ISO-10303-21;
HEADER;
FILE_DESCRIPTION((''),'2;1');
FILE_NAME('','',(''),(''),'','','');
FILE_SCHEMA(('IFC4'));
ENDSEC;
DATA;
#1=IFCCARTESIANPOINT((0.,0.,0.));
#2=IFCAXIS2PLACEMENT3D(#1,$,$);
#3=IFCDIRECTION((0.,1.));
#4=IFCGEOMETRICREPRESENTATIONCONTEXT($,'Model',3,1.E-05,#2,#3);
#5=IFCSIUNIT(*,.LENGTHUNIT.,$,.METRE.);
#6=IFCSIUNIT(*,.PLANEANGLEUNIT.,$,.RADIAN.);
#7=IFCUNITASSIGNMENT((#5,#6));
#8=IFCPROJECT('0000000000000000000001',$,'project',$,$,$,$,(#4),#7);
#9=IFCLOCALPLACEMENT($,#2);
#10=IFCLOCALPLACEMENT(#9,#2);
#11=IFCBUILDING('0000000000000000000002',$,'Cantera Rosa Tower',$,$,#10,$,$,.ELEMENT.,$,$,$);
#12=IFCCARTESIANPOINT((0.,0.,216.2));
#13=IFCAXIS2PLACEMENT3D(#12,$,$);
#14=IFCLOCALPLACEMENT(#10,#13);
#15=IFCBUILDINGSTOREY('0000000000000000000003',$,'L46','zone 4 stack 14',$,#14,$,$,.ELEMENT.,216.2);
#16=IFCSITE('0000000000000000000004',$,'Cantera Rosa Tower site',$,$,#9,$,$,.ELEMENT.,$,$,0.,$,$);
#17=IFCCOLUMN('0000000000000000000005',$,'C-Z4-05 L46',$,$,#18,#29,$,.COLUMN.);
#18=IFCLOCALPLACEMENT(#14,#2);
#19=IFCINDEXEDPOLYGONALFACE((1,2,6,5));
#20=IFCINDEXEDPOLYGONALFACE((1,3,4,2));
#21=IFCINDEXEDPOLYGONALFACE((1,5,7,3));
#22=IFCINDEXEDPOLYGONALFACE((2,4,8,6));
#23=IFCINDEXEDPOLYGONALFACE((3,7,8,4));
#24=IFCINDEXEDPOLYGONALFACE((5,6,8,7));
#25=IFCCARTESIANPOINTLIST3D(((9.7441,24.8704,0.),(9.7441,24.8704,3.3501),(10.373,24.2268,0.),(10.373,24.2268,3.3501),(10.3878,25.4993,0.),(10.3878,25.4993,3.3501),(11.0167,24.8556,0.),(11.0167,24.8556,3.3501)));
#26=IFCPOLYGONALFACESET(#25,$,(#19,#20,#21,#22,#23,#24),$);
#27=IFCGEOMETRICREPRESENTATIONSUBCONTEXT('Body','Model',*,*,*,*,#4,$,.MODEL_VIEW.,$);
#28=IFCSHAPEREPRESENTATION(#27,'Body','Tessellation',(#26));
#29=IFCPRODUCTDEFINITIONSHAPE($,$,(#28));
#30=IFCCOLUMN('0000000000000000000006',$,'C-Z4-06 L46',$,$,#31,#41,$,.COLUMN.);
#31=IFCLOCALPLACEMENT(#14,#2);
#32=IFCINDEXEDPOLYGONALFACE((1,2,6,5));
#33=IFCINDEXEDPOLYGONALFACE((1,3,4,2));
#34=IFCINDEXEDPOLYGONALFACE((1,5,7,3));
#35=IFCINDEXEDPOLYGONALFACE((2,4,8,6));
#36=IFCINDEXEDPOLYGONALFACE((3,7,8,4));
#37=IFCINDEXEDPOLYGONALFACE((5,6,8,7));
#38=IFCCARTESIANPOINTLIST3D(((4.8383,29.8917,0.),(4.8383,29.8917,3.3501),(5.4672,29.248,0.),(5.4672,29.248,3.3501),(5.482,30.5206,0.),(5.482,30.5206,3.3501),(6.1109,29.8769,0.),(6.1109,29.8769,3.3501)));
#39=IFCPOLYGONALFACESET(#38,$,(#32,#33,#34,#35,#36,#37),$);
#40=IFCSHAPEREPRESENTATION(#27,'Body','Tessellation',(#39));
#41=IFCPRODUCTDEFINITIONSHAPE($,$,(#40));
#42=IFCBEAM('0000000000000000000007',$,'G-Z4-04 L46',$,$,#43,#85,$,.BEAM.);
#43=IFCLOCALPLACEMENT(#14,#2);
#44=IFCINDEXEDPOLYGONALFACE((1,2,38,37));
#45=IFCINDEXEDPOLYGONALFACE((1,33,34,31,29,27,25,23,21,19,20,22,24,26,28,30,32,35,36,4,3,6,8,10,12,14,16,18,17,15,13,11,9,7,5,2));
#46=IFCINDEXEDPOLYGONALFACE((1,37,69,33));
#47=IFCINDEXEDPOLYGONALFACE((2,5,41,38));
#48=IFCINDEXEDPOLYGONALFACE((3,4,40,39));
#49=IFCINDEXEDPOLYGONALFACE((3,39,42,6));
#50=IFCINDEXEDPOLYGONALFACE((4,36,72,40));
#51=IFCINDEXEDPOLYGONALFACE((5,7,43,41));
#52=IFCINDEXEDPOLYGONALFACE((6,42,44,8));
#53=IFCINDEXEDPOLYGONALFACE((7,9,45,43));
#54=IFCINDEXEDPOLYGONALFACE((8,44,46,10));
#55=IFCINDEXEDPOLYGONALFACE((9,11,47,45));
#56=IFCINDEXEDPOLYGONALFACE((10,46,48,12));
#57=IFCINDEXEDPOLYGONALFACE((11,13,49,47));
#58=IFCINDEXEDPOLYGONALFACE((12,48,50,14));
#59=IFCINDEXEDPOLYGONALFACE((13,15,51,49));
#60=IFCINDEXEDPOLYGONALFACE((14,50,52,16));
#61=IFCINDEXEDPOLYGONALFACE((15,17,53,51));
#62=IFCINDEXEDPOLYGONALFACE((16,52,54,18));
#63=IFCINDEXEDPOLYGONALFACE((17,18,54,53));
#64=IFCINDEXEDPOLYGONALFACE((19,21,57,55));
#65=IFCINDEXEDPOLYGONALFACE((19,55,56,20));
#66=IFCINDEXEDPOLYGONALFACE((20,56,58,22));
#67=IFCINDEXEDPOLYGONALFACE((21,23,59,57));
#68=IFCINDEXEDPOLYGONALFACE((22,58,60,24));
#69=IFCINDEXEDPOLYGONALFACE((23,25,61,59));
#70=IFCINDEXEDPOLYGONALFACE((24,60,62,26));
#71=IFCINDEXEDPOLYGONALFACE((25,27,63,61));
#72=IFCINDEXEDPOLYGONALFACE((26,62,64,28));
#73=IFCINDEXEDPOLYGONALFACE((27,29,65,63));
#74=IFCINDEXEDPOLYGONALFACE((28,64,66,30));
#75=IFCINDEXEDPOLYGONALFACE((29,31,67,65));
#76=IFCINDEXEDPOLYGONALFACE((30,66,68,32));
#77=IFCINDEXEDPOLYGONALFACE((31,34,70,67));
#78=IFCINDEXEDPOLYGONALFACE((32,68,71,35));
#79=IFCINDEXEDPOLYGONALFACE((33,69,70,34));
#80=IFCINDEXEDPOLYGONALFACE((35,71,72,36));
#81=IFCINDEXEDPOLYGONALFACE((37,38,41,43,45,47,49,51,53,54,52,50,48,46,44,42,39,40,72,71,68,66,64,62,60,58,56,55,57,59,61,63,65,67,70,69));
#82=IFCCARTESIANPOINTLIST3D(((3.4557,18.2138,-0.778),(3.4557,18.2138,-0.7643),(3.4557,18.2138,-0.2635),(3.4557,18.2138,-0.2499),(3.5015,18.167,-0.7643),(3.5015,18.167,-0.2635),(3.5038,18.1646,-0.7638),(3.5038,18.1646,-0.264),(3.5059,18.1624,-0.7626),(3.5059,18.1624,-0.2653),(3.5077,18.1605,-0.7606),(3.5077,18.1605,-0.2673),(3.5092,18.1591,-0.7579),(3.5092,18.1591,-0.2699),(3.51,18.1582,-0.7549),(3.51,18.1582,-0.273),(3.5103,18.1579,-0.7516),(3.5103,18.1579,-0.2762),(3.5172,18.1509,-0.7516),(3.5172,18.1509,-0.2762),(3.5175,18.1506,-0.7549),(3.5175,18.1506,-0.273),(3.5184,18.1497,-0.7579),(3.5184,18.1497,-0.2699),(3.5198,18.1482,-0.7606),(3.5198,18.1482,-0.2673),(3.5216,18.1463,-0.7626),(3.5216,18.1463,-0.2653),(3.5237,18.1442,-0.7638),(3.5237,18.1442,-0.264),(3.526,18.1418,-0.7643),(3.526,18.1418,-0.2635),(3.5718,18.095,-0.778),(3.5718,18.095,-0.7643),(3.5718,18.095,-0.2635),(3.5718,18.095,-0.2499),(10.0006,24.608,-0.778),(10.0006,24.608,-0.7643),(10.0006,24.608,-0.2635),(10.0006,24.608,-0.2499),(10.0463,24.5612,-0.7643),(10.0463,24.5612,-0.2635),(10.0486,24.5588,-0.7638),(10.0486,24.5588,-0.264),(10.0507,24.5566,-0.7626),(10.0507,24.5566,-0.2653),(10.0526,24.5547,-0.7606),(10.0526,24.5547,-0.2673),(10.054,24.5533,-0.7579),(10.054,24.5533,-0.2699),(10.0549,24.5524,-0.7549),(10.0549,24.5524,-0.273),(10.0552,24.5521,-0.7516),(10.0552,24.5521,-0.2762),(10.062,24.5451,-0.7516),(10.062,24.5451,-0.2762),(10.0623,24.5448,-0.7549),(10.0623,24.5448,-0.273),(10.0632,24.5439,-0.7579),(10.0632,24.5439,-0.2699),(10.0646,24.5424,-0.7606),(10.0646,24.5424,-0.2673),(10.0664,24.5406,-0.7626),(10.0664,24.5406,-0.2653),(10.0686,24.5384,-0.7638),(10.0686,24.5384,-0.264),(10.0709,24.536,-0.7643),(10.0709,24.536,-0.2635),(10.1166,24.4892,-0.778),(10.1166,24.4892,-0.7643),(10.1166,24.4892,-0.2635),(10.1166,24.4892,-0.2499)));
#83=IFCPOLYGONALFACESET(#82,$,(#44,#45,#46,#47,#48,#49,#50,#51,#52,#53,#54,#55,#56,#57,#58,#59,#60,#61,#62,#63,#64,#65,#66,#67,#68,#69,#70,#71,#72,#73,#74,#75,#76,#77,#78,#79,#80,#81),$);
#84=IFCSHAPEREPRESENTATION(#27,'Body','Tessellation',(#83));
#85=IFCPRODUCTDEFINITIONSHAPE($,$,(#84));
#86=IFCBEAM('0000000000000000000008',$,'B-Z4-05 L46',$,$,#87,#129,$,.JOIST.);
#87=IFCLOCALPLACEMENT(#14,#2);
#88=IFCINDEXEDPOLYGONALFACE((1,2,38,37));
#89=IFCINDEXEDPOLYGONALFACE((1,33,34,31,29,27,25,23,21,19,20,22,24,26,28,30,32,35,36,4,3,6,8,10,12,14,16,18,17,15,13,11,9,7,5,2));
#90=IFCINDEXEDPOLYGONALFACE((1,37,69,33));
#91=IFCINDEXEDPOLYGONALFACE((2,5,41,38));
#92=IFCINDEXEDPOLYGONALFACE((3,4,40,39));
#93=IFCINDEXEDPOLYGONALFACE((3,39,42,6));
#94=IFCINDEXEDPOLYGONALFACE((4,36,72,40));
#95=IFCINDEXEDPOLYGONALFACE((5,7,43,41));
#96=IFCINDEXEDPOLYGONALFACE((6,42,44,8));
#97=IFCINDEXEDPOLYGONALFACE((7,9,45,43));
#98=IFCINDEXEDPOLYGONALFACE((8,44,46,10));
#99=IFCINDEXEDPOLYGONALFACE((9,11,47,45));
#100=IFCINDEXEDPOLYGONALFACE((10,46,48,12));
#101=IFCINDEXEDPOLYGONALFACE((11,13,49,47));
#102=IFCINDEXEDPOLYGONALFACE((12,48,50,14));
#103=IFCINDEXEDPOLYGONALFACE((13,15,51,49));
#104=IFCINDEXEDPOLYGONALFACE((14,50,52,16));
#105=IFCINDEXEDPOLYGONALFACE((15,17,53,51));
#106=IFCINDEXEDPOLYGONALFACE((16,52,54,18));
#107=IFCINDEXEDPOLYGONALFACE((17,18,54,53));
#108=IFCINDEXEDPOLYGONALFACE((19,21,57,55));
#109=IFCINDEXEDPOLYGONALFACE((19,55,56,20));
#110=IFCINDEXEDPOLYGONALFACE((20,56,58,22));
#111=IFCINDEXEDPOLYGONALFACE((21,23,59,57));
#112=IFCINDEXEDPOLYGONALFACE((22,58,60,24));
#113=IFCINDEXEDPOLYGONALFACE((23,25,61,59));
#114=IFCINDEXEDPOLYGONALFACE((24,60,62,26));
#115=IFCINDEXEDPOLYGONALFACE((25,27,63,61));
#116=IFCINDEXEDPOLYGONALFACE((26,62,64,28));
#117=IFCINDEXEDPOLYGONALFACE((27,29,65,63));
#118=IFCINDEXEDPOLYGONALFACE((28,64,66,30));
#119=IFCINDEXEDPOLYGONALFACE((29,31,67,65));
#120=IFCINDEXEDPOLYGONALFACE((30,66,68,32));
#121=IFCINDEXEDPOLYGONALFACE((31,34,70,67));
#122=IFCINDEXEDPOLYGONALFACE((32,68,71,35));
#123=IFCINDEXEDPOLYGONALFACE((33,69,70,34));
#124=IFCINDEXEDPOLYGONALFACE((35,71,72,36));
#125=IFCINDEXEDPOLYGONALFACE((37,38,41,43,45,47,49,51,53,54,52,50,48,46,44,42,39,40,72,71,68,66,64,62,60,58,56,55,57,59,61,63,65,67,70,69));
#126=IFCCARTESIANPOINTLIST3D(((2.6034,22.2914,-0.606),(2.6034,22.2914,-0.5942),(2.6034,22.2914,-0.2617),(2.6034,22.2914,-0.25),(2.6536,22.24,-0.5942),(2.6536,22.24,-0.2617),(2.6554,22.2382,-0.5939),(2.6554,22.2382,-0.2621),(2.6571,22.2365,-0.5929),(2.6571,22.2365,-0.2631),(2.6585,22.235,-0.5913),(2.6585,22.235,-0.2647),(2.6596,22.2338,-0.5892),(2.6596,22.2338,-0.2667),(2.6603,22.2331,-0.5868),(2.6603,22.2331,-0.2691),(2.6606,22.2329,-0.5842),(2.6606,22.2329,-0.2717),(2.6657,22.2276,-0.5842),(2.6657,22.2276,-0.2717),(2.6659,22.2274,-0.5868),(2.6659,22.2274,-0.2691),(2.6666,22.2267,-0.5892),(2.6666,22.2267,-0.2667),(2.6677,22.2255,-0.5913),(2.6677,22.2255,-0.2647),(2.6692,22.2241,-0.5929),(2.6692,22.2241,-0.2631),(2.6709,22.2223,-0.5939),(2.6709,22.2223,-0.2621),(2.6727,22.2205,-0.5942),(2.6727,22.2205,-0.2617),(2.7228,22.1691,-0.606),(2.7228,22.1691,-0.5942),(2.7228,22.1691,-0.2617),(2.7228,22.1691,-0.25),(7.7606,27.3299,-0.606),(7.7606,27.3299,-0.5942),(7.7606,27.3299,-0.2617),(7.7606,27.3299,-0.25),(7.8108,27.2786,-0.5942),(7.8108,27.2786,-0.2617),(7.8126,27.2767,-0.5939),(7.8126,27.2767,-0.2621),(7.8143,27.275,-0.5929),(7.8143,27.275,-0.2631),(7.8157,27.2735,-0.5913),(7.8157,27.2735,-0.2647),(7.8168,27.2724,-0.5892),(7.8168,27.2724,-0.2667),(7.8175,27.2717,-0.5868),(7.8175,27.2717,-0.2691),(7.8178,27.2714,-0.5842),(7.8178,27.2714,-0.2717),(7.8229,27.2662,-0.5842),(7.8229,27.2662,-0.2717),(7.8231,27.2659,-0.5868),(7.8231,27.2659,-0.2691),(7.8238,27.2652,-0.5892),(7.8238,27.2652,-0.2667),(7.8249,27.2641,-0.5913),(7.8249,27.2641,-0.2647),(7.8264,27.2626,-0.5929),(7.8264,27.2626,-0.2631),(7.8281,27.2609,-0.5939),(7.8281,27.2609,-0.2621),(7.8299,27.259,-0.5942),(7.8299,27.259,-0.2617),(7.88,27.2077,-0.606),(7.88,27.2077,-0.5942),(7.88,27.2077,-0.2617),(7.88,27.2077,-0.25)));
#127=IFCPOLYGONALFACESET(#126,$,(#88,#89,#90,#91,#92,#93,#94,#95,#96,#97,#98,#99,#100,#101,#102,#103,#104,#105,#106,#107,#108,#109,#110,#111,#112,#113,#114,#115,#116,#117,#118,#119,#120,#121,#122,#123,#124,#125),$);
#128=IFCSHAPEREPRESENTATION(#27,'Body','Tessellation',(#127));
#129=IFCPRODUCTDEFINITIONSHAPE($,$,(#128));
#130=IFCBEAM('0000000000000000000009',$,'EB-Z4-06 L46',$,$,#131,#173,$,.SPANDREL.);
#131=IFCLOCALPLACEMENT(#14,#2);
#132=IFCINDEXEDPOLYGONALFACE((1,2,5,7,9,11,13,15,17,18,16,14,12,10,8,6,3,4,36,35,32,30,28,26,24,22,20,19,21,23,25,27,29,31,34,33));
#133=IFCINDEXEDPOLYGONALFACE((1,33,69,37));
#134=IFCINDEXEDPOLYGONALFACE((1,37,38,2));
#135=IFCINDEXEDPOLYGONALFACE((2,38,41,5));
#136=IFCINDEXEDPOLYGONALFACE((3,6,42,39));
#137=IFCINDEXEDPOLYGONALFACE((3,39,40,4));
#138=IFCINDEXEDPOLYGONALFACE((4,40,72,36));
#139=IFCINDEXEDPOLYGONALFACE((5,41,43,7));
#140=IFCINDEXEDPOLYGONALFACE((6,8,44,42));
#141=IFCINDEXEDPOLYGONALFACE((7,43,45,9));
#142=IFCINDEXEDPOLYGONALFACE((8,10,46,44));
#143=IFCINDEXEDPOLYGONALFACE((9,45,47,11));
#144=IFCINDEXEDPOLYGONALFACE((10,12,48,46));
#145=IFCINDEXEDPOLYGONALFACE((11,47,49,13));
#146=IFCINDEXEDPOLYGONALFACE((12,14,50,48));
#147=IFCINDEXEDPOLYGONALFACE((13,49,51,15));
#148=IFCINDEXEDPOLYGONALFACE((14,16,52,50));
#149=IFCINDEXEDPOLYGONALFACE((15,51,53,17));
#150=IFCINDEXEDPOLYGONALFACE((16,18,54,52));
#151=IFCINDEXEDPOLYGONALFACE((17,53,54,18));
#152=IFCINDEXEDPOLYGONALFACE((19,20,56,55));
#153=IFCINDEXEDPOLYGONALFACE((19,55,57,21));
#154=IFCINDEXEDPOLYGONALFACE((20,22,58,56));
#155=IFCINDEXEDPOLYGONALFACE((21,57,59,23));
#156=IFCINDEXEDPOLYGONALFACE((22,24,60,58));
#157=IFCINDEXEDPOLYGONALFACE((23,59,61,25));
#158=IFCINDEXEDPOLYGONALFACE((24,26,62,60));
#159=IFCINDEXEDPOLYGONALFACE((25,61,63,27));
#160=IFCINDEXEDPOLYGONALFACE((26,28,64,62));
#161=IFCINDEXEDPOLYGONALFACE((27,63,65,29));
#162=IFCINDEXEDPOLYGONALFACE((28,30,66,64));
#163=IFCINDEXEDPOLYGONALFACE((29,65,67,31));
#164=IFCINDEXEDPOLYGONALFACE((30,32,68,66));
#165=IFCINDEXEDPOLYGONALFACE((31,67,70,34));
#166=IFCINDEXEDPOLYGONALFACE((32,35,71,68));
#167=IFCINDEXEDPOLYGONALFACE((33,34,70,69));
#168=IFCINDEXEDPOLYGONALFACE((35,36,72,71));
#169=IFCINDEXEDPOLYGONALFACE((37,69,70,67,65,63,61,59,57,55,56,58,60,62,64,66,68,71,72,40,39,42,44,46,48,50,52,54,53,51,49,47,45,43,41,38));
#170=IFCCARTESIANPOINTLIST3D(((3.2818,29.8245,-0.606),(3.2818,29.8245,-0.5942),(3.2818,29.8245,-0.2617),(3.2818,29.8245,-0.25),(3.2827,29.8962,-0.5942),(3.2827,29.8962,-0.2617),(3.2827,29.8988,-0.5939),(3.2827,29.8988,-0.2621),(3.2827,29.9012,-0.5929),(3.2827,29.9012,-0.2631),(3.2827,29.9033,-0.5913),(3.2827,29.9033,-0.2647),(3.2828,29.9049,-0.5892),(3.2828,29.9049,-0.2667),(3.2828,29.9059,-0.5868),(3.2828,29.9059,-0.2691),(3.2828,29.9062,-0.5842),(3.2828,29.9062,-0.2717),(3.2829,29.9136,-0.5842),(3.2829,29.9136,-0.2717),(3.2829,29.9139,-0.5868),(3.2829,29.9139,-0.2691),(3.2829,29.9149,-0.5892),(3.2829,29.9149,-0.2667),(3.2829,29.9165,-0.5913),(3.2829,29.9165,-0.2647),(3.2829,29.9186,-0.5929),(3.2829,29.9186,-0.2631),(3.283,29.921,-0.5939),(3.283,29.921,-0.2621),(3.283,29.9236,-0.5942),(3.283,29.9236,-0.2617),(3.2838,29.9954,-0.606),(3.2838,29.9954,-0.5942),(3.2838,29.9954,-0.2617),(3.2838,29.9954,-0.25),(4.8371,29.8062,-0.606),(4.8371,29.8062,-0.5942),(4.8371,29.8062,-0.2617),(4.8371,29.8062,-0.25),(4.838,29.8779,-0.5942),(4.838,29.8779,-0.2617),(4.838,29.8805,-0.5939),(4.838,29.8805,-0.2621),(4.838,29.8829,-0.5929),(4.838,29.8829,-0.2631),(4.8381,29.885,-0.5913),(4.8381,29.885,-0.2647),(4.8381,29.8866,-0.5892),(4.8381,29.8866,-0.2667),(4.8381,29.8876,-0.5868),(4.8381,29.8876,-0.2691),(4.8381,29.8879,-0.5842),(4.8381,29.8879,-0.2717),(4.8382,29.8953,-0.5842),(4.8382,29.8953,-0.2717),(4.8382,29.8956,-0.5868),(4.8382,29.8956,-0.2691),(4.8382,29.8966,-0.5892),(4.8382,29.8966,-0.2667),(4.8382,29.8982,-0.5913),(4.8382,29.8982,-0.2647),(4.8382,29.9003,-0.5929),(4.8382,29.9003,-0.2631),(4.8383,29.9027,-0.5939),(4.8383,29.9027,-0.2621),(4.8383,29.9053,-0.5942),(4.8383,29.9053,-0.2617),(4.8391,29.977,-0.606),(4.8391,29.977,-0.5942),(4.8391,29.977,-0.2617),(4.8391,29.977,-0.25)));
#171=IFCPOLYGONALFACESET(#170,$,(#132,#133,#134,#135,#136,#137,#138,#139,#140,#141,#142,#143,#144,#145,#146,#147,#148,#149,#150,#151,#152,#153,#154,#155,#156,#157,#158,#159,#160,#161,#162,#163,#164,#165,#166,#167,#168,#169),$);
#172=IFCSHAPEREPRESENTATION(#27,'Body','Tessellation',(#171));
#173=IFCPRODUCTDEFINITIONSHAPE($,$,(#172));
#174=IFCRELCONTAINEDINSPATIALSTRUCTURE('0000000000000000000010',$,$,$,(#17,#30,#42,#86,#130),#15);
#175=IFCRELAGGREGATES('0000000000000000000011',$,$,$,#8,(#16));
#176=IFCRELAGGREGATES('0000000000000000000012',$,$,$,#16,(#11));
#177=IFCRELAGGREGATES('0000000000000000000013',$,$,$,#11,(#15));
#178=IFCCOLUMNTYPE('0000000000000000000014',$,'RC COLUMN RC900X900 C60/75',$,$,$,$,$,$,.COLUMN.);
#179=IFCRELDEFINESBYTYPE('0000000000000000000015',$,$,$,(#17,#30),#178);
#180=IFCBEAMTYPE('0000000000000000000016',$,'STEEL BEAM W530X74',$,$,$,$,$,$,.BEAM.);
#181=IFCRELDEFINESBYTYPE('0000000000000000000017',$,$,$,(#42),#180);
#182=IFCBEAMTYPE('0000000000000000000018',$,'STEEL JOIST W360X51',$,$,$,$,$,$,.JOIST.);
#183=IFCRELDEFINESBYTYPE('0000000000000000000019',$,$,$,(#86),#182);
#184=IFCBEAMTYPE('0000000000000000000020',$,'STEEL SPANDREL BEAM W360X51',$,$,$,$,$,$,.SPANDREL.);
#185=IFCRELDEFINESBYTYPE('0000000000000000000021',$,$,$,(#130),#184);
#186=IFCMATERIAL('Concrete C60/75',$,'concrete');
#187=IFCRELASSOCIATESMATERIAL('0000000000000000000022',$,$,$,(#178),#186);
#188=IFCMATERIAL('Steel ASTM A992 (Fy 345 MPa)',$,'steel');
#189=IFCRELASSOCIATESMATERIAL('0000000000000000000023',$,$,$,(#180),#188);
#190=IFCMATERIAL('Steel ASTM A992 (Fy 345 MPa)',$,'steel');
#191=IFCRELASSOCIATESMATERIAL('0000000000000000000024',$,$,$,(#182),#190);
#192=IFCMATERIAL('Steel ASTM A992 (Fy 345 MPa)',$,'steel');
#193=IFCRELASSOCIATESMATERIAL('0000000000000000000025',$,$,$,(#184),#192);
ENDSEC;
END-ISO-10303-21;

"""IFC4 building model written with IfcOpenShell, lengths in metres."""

from ifc_helpers import new_model, si_unit, direction, frame, origin, origin_2d, place, context, subcontext, project, spatial, rectangle, i_section, extrude, material, material_profile, profile_set, type_object, element, save


model = new_model("IFC4")

# Units and contexts
model_context = context("Model", 3, precision=1e-05, world=origin(), true_north=direction((0.0, 1.0)))
body_context = subcontext(model_context, "Body", "Model", "MODEL_VIEW")
ifc_project = project(units=[si_unit("LENGTHUNIT", "METRE"), si_unit("PLANEANGLEUNIT", "RADIAN")], contexts=[model_context])

# Site, building, storey
site_placement = place(None, origin())
site = spatial("IfcSite", under=ifc_project, at=site_placement, Name="Cantera Rosa Tower site", CompositionType="ELEMENT", RefElevation=0.0)
building_placement = place(site_placement, origin())
building = spatial("IfcBuilding", under=site, at=building_placement, Name="Cantera Rosa Tower", CompositionType="ELEMENT")
storey_placement = place(building_placement, frame((0.0, 0.0, 216.2)))
storey = spatial("IfcBuildingStorey", under=building, at=storey_placement, Name="L46", Description="zone 4 stack 14", CompositionType="ELEMENT", Elevation=216.2)

# Columns
ifc_material_1 = material(Name="Concrete C60/75", Category="concrete")
ifc_material_profile_1 = material_profile(ifc_material_1, rectangle(XDim=0.8999, YDim=0.8999, at=origin_2d()), Name="RC COLUMN RC900X900 C60/75")
ifc_profile_set_1 = profile_set([ifc_material_profile_1], Name="Concrete C60/75")
column_type = type_object("IfcColumnType", Name="RC COLUMN RC900X900 C60/75", PredefinedType="COLUMN", material=ifc_profile_set_1)
for number, where, z_axis, x_axis, name in (
    (1, (10.3804, 24.863, 0.0), (0.0, 0.0, 1.0), (0.715286, 0.698832, 0.0), "C-Z4-05 L46"),
    (2, (5.4746, 29.8843, 0.0), (0.0, 0.0, 1.0), (0.715286, 0.698832, 0.0), "C-Z4-06 L46"),
):
    element("IfcColumn", number, at=place(storey_placement, frame(where, z_axis=z_axis, x_axis=x_axis)), inside=storey, type_object=column_type, Name=name, PredefinedType="COLUMN", context=body_context, shape_type="SweptSolid", body=[
        extrude(rectangle(XDim=0.8999, YDim=0.8999, at=origin_2d()), origin(), (0.0, 0.0, 1.0), 3.3501),
    ])

# Beams
ifc_material_2 = material(Name="Steel ASTM A992 (Fy 345 MPa)", Category="steel")
ifc_material_profile_2 = material_profile(ifc_material_2, i_section(OverallWidth=0.166, OverallDepth=0.5281, WebThickness=0.0098, FlangeThickness=0.0137, FilletRadius=0.0127, at=origin_2d()), Name="W530X74")
ifc_profile_set_2 = profile_set([ifc_material_profile_2], Name="Steel ASTM A992 (Fy 345 MPa)")
beam_type_1 = type_object("IfcBeamType", Name="STEEL BEAM W530X74", PredefinedType="BEAM", material=ifc_profile_set_2)
beam_1_placement = place(storey_placement, frame((10.0586, 24.5486, -0.5139), z_axis=(-0.71529, -0.698827, 0.0), x_axis=(0.698827, -0.71529, 0.0)))
element("IfcBeam", 3, at=beam_1_placement, inside=storey, type_object=beam_type_1, Name="G-Z4-04 L46", PredefinedType="BEAM", context=body_context, shape_type="SweptSolid", body=[
    extrude(i_section(OverallWidth=0.166, OverallDepth=0.5281, WebThickness=0.0098, FlangeThickness=0.0137, FilletRadius=0.0127, at=origin_2d()), origin(), (0.0, 0.0, 1.0), 9.1499),
])
ifc_material_3 = material(Name="Steel ASTM A992 (Fy 345 MPa)", Category="steel")
ifc_material_profile_3 = material_profile(ifc_material_3, i_section(OverallWidth=0.1709, OverallDepth=0.356, WebThickness=0.0073, FlangeThickness=0.0117, FilletRadius=0.01, at=origin_2d()), Name="W360X51")
ifc_profile_set_3 = profile_set([ifc_material_profile_3], Name="Steel ASTM A992 (Fy 345 MPa)")
beam_type_2 = type_object("IfcBeamType", Name="STEEL JOIST W360X51", PredefinedType="JOIST", material=ifc_profile_set_3)
beam_2_placement = place(storey_placement, frame((7.8203, 27.2688, -0.428), z_axis=(-0.715287, -0.698831, 0.0), x_axis=(0.698831, -0.715287, 0.0)))
element("IfcBeam", 4, at=beam_2_placement, inside=storey, type_object=beam_type_2, Name="B-Z4-05 L46", PredefinedType="JOIST", context=body_context, shape_type="SweptSolid", body=[
    extrude(i_section(OverallWidth=0.1709, OverallDepth=0.356, WebThickness=0.0073, FlangeThickness=0.0117, FilletRadius=0.01, at=origin_2d()), origin(), (0.0, 0.0, 1.0), 7.21),
])
ifc_material_4 = material(Name="Steel ASTM A992 (Fy 345 MPa)", Category="steel")
ifc_material_profile_4 = material_profile(ifc_material_4, i_section(OverallWidth=0.1709, OverallDepth=0.356, WebThickness=0.0073, FlangeThickness=0.0117, FilletRadius=0.01, at=origin_2d()), Name="W360X51")
ifc_profile_set_4 = profile_set([ifc_material_profile_4], Name="Steel ASTM A992 (Fy 345 MPa)")
beam_type_3 = type_object("IfcBeamType", Name="STEEL SPANDREL BEAM W360X51", PredefinedType="SPANDREL", material=ifc_profile_set_4)
beam_3_placement = place(storey_placement, frame((4.8381, 29.8916, -0.428), z_axis=(-0.999931, 0.011771, 0.0), x_axis=(-0.011771, -0.999931, 0.0)))
element("IfcBeam", 5, at=beam_3_placement, inside=storey, type_object=beam_type_3, Name="EB-Z4-06 L46", PredefinedType="SPANDREL", context=body_context, shape_type="SweptSolid", body=[
    extrude(i_section(OverallWidth=0.1709, OverallDepth=0.356, WebThickness=0.0073, FlangeThickness=0.0117, FilletRadius=0.01, at=origin_2d()), origin(), (0.0, 0.0, 1.0), 1.5554),
])

save(model, "model.ifc")
